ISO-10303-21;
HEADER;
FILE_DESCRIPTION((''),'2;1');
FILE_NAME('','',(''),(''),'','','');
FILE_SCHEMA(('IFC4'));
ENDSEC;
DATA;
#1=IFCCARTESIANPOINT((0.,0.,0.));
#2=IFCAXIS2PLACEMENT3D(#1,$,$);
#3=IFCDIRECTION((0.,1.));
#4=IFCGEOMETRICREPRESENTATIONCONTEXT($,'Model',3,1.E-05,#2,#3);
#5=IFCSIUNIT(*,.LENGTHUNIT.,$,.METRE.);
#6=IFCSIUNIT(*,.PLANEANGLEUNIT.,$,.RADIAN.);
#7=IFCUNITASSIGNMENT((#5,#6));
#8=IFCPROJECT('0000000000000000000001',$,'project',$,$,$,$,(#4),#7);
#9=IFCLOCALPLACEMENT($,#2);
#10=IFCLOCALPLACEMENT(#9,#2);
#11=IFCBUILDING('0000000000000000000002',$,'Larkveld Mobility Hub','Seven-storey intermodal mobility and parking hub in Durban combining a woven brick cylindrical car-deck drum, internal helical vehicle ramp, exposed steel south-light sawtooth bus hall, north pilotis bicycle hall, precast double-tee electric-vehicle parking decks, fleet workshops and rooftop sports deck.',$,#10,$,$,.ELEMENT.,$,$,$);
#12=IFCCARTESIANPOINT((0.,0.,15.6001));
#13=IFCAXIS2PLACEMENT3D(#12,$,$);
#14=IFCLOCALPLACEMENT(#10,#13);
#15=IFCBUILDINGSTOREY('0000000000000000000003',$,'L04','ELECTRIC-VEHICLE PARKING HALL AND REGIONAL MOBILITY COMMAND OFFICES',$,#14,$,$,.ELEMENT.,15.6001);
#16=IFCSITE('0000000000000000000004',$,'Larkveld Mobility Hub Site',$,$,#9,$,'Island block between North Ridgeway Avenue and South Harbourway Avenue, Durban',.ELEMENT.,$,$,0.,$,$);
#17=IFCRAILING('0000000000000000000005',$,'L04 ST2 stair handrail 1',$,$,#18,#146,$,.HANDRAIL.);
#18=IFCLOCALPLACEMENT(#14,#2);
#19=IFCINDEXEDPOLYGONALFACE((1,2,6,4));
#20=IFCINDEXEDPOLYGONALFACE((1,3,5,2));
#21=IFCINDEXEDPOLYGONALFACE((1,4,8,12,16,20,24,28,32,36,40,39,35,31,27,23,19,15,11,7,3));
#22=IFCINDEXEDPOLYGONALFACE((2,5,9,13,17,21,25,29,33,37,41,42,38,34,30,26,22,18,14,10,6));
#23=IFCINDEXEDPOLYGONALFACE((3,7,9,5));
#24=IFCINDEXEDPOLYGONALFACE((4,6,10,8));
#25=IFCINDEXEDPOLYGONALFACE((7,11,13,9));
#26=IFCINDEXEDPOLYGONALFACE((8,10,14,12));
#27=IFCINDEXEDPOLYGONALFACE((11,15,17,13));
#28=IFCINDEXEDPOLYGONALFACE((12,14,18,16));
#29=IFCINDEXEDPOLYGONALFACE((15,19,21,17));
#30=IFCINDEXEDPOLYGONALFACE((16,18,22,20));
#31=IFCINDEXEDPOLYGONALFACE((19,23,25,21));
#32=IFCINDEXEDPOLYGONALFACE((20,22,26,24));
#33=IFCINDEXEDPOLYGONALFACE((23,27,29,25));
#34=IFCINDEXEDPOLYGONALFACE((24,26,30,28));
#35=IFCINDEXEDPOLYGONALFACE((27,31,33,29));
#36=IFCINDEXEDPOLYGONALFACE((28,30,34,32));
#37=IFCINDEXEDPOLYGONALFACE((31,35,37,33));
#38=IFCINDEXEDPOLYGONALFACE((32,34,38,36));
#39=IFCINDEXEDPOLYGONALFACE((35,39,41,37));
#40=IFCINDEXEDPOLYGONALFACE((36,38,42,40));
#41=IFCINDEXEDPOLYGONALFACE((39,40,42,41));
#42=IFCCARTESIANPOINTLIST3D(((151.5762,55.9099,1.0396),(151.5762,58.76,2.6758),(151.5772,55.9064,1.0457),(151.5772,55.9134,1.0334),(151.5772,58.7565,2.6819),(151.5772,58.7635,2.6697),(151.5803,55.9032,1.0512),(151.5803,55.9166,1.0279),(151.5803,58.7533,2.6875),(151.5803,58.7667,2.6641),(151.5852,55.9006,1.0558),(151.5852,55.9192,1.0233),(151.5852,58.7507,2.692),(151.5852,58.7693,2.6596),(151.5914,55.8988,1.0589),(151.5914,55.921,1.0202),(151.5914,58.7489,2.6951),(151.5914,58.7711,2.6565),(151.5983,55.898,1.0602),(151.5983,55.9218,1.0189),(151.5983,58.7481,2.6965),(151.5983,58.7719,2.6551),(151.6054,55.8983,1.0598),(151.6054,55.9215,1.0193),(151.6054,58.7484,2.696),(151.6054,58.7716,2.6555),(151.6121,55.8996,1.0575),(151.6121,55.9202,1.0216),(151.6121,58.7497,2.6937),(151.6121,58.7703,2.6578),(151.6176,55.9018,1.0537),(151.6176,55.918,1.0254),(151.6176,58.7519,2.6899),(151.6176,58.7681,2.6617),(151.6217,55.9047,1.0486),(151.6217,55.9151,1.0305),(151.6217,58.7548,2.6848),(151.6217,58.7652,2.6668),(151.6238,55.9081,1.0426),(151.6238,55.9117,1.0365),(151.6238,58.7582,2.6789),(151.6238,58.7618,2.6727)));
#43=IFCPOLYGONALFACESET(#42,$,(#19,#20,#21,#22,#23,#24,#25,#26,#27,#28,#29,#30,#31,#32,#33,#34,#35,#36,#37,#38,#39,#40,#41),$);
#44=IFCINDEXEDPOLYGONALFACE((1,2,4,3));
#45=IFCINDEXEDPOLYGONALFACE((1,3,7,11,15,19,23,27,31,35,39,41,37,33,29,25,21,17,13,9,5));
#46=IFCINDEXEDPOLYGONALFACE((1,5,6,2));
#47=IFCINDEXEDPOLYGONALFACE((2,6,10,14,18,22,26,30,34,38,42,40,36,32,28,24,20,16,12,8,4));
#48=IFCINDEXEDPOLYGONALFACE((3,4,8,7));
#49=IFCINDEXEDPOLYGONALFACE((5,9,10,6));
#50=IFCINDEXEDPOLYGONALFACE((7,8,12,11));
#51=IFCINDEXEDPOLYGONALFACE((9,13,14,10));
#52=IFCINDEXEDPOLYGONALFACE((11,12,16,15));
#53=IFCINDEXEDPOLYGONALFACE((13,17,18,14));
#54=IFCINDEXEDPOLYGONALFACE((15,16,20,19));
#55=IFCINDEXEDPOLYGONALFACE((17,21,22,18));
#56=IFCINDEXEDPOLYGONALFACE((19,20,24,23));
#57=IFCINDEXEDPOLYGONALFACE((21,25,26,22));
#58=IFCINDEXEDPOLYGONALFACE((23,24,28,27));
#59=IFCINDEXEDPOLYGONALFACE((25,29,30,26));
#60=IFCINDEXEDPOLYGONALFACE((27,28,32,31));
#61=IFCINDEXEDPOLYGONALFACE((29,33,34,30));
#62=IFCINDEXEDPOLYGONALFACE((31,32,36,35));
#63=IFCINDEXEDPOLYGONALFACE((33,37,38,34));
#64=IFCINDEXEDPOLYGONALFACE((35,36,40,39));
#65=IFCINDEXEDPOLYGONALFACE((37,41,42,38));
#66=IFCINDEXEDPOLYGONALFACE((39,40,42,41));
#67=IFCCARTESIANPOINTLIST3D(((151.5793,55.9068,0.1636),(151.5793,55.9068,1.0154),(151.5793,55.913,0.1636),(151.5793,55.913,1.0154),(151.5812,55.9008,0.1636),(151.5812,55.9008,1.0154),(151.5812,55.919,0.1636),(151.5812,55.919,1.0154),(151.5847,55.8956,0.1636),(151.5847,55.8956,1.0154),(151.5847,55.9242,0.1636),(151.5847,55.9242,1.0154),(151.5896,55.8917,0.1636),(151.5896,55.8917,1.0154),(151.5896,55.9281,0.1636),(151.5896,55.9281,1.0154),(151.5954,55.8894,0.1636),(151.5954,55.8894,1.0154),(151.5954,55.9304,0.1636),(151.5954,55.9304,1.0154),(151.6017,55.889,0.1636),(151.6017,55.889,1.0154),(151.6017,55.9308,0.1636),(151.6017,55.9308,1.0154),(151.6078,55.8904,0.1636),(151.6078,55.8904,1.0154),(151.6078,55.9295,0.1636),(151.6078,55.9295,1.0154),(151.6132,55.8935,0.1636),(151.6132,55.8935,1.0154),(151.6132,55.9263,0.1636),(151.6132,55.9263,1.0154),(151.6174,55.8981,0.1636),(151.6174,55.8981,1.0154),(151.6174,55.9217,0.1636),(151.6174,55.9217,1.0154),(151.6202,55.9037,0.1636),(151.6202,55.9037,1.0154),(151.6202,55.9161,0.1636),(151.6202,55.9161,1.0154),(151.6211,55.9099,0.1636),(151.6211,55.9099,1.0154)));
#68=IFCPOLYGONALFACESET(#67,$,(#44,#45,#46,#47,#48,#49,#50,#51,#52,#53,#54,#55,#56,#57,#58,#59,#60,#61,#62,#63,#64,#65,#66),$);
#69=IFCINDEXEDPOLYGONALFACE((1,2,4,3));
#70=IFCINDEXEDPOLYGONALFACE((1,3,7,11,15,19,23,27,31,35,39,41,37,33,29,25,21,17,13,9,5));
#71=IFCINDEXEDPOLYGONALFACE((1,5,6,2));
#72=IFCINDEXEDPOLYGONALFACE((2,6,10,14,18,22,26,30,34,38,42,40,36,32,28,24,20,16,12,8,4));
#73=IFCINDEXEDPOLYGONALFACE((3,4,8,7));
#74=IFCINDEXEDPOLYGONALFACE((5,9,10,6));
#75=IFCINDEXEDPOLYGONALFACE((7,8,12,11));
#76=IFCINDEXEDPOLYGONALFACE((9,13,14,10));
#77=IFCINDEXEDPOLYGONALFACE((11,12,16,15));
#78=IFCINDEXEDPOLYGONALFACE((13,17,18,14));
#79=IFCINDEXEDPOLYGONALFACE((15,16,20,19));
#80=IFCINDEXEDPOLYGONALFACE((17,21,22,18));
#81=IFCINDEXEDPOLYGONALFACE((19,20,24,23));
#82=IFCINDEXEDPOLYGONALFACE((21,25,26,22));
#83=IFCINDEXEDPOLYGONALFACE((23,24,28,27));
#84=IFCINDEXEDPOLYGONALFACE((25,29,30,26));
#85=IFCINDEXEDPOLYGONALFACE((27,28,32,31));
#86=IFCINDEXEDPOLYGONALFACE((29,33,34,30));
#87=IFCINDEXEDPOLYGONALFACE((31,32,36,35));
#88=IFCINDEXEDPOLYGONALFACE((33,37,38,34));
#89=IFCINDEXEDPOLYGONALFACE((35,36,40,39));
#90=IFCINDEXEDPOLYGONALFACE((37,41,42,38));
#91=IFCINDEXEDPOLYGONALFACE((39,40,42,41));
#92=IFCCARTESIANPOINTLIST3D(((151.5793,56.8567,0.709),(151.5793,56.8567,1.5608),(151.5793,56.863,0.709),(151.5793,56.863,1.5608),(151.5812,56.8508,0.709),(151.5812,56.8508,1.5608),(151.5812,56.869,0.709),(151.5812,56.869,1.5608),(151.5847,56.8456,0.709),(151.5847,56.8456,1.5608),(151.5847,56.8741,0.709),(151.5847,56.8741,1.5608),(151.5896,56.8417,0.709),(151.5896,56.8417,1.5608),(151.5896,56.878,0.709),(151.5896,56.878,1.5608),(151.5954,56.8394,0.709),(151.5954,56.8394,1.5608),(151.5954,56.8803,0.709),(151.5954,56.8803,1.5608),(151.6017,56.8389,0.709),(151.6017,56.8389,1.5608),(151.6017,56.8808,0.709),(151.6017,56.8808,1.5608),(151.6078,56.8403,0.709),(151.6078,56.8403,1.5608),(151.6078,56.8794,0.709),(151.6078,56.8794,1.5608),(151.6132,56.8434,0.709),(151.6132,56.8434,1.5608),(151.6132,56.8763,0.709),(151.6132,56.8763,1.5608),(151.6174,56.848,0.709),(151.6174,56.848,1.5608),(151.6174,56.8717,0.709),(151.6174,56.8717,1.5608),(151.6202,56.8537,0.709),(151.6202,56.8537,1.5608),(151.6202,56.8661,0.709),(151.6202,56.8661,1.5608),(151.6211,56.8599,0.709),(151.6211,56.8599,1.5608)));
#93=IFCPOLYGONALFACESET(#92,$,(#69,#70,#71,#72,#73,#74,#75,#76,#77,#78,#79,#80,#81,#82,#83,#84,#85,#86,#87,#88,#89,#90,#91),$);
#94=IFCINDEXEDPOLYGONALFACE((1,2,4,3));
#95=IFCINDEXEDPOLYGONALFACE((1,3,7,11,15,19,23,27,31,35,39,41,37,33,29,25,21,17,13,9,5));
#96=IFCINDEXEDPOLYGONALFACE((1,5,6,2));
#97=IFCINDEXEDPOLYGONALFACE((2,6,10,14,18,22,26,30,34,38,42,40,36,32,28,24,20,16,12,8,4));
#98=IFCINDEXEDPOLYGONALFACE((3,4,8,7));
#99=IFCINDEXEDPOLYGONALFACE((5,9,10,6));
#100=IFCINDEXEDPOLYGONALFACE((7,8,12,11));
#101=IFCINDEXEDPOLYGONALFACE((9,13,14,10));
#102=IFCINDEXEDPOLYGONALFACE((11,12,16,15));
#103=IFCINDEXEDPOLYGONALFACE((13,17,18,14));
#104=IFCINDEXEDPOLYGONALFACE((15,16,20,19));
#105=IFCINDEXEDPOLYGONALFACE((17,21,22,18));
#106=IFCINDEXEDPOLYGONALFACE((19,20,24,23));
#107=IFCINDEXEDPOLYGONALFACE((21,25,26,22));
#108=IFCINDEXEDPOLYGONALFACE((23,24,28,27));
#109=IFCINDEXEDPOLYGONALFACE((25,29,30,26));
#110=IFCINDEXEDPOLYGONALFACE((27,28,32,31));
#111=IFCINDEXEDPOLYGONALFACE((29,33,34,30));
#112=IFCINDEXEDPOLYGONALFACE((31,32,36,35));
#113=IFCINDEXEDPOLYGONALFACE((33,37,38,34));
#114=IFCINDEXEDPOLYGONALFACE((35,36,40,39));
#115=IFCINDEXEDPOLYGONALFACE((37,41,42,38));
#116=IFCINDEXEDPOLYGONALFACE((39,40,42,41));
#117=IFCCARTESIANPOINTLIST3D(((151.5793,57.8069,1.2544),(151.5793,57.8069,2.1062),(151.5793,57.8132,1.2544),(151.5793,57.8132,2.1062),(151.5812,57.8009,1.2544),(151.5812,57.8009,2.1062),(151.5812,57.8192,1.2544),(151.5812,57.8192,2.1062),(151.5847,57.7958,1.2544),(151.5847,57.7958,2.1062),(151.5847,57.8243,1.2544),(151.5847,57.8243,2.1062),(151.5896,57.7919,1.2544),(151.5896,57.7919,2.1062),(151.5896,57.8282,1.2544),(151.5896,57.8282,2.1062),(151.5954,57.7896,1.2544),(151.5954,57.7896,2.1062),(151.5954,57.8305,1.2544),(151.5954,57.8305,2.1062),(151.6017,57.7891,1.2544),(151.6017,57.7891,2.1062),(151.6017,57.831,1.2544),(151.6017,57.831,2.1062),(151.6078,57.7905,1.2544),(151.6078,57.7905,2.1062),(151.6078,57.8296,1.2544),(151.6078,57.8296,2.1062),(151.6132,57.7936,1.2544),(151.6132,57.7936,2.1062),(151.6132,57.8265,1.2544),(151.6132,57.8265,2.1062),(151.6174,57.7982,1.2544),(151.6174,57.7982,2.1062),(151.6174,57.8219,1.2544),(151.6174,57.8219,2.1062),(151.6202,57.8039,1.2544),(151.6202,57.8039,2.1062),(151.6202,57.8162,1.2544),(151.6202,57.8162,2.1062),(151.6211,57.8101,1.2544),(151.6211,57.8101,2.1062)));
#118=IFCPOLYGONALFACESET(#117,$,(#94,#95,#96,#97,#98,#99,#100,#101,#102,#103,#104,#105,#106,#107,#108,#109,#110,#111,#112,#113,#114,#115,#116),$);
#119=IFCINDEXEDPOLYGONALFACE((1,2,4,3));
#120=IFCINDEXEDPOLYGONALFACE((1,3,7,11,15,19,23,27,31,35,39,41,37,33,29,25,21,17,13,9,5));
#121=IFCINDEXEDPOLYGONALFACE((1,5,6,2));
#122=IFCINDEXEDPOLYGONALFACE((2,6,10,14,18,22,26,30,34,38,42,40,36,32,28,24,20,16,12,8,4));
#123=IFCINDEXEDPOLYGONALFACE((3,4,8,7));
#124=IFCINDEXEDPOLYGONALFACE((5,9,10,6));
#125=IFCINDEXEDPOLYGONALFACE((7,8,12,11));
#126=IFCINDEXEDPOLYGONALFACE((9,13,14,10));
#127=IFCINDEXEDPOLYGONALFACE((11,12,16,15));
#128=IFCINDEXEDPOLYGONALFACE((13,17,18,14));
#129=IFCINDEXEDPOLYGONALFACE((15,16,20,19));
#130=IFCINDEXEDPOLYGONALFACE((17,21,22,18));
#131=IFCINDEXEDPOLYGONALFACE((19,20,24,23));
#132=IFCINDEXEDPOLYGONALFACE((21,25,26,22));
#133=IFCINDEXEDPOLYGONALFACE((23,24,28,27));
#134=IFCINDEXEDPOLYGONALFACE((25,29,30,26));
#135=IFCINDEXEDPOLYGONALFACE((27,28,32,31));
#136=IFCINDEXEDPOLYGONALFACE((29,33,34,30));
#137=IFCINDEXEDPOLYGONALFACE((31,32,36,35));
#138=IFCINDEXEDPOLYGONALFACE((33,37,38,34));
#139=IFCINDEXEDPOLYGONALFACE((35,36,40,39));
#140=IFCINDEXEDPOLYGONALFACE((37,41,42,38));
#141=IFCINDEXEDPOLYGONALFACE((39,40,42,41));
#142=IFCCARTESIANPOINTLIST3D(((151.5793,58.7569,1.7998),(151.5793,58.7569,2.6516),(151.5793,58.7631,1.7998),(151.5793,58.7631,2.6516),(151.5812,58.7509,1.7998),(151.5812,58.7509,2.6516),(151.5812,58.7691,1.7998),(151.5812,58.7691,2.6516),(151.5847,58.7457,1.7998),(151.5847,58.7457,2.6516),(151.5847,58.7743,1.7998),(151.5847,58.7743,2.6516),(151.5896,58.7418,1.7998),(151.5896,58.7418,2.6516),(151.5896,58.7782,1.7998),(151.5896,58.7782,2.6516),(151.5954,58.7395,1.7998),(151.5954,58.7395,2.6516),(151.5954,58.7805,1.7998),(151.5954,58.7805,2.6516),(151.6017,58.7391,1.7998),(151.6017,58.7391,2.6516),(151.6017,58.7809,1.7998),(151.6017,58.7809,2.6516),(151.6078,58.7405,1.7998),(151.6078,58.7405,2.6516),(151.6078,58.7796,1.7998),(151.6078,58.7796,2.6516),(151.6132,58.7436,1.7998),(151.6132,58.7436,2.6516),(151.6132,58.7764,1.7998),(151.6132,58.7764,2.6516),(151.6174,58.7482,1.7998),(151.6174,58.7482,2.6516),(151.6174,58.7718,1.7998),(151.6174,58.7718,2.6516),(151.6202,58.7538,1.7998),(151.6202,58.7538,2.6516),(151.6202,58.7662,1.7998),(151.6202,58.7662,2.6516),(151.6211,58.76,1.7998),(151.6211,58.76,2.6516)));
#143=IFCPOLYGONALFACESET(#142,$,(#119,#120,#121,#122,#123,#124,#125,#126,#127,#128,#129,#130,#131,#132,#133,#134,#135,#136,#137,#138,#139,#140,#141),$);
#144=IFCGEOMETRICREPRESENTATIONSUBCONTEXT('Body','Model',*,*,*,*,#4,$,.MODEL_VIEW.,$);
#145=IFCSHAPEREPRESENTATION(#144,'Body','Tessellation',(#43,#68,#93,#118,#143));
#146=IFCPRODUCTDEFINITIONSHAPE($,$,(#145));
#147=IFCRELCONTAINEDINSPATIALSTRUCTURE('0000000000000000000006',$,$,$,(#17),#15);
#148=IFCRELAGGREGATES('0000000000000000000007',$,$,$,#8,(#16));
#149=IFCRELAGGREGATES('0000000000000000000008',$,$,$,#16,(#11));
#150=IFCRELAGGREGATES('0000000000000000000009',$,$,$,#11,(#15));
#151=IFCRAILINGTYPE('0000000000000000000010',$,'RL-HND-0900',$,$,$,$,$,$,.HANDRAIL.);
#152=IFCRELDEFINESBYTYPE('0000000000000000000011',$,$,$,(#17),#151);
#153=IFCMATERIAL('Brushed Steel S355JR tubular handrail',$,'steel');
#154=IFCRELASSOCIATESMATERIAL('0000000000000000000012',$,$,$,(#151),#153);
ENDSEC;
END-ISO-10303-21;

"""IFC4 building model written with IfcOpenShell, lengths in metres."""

from ifc_helpers import new_model, si_unit, direction, frame, origin, origin_2d, place, context, subcontext, project, spatial, circle, extrude, material, type_object, element, save


model = new_model("IFC4")

# Units and contexts
model_context = context("Model", 3, precision=1e-05, world=origin(), true_north=direction((0.0, 1.0)))
body_context = subcontext(model_context, "Body", "Model", "MODEL_VIEW")
ifc_project = project(units=[si_unit("LENGTHUNIT", "METRE"), si_unit("PLANEANGLEUNIT", "RADIAN")], contexts=[model_context])

# Site, building, storey
site_placement = place(None, origin())
site = spatial("IfcSite", under=ifc_project, at=site_placement, Name="Larkveld Mobility Hub Site", LongName="Island block between North Ridgeway Avenue and South Harbourway Avenue, Durban", CompositionType="ELEMENT", RefElevation=0.0)
building_placement = place(site_placement, origin())
building = spatial("IfcBuilding", under=site, at=building_placement, Name="Larkveld Mobility Hub", Description="Seven-storey intermodal mobility and parking hub in Durban combining a woven brick cylindrical car-deck drum, internal helical vehicle ramp, exposed steel south-light sawtooth bus hall, north pilotis bicycle hall, precast double-tee electric-vehicle parking decks, fleet workshops and rooftop sports deck.", CompositionType="ELEMENT")
storey_placement = place(building_placement, frame((0.0, 0.0, 15.6001)))
storey = spatial("IfcBuildingStorey", under=building, at=storey_placement, Name="L04", Description="ELECTRIC-VEHICLE PARKING HALL AND REGIONAL MOBILITY COMMAND OFFICES", CompositionType="ELEMENT", Elevation=15.6001)

# Railing
ifc_material_1 = material(Name="Brushed Steel S355JR tubular handrail", Category="steel")
railing_type_1 = type_object("IfcRailingType", Name="RL-HND-0900", PredefinedType="HANDRAIL", material=ifc_material_1)
railing_1_placement = place(storey_placement, frame((151.6001, 55.9099, 0.1636)))
element("IfcRailing", 1, at=railing_1_placement, inside=storey, type_object=railing_type_1, Name="L04 ST2 stair handrail 1", PredefinedType="HANDRAIL", context=body_context, shape_type="SweptSolid", body=[
    extrude(circle(Radius=0.0239, at=origin_2d()), frame((0.0, 0.0, 0.876), z_axis=(0.0, 0.867245, 0.497882), x_axis=(-1.0, 0.0, 0.0)), (0.0, 0.0, 1.0), 3.2864),
    extrude(circle(Radius=0.021, at=origin_2d()), origin(), (0.0, 0.0, 1.0), 0.8518),
    extrude(circle(Radius=0.021, at=origin_2d()), frame((0.0, 0.95, 0.5454)), (0.0, 0.0, 1.0), 0.8518),
    extrude(circle(Radius=0.021, at=origin_2d()), frame((0.0, 1.9001, 1.0908)), (0.0, 0.0, 1.0), 0.8518),
    extrude(circle(Radius=0.021, at=origin_2d()), frame((0.0, 2.8501, 1.6362)), (0.0, 0.0, 1.0), 0.8518),
])

save(model, "model.ifc")
